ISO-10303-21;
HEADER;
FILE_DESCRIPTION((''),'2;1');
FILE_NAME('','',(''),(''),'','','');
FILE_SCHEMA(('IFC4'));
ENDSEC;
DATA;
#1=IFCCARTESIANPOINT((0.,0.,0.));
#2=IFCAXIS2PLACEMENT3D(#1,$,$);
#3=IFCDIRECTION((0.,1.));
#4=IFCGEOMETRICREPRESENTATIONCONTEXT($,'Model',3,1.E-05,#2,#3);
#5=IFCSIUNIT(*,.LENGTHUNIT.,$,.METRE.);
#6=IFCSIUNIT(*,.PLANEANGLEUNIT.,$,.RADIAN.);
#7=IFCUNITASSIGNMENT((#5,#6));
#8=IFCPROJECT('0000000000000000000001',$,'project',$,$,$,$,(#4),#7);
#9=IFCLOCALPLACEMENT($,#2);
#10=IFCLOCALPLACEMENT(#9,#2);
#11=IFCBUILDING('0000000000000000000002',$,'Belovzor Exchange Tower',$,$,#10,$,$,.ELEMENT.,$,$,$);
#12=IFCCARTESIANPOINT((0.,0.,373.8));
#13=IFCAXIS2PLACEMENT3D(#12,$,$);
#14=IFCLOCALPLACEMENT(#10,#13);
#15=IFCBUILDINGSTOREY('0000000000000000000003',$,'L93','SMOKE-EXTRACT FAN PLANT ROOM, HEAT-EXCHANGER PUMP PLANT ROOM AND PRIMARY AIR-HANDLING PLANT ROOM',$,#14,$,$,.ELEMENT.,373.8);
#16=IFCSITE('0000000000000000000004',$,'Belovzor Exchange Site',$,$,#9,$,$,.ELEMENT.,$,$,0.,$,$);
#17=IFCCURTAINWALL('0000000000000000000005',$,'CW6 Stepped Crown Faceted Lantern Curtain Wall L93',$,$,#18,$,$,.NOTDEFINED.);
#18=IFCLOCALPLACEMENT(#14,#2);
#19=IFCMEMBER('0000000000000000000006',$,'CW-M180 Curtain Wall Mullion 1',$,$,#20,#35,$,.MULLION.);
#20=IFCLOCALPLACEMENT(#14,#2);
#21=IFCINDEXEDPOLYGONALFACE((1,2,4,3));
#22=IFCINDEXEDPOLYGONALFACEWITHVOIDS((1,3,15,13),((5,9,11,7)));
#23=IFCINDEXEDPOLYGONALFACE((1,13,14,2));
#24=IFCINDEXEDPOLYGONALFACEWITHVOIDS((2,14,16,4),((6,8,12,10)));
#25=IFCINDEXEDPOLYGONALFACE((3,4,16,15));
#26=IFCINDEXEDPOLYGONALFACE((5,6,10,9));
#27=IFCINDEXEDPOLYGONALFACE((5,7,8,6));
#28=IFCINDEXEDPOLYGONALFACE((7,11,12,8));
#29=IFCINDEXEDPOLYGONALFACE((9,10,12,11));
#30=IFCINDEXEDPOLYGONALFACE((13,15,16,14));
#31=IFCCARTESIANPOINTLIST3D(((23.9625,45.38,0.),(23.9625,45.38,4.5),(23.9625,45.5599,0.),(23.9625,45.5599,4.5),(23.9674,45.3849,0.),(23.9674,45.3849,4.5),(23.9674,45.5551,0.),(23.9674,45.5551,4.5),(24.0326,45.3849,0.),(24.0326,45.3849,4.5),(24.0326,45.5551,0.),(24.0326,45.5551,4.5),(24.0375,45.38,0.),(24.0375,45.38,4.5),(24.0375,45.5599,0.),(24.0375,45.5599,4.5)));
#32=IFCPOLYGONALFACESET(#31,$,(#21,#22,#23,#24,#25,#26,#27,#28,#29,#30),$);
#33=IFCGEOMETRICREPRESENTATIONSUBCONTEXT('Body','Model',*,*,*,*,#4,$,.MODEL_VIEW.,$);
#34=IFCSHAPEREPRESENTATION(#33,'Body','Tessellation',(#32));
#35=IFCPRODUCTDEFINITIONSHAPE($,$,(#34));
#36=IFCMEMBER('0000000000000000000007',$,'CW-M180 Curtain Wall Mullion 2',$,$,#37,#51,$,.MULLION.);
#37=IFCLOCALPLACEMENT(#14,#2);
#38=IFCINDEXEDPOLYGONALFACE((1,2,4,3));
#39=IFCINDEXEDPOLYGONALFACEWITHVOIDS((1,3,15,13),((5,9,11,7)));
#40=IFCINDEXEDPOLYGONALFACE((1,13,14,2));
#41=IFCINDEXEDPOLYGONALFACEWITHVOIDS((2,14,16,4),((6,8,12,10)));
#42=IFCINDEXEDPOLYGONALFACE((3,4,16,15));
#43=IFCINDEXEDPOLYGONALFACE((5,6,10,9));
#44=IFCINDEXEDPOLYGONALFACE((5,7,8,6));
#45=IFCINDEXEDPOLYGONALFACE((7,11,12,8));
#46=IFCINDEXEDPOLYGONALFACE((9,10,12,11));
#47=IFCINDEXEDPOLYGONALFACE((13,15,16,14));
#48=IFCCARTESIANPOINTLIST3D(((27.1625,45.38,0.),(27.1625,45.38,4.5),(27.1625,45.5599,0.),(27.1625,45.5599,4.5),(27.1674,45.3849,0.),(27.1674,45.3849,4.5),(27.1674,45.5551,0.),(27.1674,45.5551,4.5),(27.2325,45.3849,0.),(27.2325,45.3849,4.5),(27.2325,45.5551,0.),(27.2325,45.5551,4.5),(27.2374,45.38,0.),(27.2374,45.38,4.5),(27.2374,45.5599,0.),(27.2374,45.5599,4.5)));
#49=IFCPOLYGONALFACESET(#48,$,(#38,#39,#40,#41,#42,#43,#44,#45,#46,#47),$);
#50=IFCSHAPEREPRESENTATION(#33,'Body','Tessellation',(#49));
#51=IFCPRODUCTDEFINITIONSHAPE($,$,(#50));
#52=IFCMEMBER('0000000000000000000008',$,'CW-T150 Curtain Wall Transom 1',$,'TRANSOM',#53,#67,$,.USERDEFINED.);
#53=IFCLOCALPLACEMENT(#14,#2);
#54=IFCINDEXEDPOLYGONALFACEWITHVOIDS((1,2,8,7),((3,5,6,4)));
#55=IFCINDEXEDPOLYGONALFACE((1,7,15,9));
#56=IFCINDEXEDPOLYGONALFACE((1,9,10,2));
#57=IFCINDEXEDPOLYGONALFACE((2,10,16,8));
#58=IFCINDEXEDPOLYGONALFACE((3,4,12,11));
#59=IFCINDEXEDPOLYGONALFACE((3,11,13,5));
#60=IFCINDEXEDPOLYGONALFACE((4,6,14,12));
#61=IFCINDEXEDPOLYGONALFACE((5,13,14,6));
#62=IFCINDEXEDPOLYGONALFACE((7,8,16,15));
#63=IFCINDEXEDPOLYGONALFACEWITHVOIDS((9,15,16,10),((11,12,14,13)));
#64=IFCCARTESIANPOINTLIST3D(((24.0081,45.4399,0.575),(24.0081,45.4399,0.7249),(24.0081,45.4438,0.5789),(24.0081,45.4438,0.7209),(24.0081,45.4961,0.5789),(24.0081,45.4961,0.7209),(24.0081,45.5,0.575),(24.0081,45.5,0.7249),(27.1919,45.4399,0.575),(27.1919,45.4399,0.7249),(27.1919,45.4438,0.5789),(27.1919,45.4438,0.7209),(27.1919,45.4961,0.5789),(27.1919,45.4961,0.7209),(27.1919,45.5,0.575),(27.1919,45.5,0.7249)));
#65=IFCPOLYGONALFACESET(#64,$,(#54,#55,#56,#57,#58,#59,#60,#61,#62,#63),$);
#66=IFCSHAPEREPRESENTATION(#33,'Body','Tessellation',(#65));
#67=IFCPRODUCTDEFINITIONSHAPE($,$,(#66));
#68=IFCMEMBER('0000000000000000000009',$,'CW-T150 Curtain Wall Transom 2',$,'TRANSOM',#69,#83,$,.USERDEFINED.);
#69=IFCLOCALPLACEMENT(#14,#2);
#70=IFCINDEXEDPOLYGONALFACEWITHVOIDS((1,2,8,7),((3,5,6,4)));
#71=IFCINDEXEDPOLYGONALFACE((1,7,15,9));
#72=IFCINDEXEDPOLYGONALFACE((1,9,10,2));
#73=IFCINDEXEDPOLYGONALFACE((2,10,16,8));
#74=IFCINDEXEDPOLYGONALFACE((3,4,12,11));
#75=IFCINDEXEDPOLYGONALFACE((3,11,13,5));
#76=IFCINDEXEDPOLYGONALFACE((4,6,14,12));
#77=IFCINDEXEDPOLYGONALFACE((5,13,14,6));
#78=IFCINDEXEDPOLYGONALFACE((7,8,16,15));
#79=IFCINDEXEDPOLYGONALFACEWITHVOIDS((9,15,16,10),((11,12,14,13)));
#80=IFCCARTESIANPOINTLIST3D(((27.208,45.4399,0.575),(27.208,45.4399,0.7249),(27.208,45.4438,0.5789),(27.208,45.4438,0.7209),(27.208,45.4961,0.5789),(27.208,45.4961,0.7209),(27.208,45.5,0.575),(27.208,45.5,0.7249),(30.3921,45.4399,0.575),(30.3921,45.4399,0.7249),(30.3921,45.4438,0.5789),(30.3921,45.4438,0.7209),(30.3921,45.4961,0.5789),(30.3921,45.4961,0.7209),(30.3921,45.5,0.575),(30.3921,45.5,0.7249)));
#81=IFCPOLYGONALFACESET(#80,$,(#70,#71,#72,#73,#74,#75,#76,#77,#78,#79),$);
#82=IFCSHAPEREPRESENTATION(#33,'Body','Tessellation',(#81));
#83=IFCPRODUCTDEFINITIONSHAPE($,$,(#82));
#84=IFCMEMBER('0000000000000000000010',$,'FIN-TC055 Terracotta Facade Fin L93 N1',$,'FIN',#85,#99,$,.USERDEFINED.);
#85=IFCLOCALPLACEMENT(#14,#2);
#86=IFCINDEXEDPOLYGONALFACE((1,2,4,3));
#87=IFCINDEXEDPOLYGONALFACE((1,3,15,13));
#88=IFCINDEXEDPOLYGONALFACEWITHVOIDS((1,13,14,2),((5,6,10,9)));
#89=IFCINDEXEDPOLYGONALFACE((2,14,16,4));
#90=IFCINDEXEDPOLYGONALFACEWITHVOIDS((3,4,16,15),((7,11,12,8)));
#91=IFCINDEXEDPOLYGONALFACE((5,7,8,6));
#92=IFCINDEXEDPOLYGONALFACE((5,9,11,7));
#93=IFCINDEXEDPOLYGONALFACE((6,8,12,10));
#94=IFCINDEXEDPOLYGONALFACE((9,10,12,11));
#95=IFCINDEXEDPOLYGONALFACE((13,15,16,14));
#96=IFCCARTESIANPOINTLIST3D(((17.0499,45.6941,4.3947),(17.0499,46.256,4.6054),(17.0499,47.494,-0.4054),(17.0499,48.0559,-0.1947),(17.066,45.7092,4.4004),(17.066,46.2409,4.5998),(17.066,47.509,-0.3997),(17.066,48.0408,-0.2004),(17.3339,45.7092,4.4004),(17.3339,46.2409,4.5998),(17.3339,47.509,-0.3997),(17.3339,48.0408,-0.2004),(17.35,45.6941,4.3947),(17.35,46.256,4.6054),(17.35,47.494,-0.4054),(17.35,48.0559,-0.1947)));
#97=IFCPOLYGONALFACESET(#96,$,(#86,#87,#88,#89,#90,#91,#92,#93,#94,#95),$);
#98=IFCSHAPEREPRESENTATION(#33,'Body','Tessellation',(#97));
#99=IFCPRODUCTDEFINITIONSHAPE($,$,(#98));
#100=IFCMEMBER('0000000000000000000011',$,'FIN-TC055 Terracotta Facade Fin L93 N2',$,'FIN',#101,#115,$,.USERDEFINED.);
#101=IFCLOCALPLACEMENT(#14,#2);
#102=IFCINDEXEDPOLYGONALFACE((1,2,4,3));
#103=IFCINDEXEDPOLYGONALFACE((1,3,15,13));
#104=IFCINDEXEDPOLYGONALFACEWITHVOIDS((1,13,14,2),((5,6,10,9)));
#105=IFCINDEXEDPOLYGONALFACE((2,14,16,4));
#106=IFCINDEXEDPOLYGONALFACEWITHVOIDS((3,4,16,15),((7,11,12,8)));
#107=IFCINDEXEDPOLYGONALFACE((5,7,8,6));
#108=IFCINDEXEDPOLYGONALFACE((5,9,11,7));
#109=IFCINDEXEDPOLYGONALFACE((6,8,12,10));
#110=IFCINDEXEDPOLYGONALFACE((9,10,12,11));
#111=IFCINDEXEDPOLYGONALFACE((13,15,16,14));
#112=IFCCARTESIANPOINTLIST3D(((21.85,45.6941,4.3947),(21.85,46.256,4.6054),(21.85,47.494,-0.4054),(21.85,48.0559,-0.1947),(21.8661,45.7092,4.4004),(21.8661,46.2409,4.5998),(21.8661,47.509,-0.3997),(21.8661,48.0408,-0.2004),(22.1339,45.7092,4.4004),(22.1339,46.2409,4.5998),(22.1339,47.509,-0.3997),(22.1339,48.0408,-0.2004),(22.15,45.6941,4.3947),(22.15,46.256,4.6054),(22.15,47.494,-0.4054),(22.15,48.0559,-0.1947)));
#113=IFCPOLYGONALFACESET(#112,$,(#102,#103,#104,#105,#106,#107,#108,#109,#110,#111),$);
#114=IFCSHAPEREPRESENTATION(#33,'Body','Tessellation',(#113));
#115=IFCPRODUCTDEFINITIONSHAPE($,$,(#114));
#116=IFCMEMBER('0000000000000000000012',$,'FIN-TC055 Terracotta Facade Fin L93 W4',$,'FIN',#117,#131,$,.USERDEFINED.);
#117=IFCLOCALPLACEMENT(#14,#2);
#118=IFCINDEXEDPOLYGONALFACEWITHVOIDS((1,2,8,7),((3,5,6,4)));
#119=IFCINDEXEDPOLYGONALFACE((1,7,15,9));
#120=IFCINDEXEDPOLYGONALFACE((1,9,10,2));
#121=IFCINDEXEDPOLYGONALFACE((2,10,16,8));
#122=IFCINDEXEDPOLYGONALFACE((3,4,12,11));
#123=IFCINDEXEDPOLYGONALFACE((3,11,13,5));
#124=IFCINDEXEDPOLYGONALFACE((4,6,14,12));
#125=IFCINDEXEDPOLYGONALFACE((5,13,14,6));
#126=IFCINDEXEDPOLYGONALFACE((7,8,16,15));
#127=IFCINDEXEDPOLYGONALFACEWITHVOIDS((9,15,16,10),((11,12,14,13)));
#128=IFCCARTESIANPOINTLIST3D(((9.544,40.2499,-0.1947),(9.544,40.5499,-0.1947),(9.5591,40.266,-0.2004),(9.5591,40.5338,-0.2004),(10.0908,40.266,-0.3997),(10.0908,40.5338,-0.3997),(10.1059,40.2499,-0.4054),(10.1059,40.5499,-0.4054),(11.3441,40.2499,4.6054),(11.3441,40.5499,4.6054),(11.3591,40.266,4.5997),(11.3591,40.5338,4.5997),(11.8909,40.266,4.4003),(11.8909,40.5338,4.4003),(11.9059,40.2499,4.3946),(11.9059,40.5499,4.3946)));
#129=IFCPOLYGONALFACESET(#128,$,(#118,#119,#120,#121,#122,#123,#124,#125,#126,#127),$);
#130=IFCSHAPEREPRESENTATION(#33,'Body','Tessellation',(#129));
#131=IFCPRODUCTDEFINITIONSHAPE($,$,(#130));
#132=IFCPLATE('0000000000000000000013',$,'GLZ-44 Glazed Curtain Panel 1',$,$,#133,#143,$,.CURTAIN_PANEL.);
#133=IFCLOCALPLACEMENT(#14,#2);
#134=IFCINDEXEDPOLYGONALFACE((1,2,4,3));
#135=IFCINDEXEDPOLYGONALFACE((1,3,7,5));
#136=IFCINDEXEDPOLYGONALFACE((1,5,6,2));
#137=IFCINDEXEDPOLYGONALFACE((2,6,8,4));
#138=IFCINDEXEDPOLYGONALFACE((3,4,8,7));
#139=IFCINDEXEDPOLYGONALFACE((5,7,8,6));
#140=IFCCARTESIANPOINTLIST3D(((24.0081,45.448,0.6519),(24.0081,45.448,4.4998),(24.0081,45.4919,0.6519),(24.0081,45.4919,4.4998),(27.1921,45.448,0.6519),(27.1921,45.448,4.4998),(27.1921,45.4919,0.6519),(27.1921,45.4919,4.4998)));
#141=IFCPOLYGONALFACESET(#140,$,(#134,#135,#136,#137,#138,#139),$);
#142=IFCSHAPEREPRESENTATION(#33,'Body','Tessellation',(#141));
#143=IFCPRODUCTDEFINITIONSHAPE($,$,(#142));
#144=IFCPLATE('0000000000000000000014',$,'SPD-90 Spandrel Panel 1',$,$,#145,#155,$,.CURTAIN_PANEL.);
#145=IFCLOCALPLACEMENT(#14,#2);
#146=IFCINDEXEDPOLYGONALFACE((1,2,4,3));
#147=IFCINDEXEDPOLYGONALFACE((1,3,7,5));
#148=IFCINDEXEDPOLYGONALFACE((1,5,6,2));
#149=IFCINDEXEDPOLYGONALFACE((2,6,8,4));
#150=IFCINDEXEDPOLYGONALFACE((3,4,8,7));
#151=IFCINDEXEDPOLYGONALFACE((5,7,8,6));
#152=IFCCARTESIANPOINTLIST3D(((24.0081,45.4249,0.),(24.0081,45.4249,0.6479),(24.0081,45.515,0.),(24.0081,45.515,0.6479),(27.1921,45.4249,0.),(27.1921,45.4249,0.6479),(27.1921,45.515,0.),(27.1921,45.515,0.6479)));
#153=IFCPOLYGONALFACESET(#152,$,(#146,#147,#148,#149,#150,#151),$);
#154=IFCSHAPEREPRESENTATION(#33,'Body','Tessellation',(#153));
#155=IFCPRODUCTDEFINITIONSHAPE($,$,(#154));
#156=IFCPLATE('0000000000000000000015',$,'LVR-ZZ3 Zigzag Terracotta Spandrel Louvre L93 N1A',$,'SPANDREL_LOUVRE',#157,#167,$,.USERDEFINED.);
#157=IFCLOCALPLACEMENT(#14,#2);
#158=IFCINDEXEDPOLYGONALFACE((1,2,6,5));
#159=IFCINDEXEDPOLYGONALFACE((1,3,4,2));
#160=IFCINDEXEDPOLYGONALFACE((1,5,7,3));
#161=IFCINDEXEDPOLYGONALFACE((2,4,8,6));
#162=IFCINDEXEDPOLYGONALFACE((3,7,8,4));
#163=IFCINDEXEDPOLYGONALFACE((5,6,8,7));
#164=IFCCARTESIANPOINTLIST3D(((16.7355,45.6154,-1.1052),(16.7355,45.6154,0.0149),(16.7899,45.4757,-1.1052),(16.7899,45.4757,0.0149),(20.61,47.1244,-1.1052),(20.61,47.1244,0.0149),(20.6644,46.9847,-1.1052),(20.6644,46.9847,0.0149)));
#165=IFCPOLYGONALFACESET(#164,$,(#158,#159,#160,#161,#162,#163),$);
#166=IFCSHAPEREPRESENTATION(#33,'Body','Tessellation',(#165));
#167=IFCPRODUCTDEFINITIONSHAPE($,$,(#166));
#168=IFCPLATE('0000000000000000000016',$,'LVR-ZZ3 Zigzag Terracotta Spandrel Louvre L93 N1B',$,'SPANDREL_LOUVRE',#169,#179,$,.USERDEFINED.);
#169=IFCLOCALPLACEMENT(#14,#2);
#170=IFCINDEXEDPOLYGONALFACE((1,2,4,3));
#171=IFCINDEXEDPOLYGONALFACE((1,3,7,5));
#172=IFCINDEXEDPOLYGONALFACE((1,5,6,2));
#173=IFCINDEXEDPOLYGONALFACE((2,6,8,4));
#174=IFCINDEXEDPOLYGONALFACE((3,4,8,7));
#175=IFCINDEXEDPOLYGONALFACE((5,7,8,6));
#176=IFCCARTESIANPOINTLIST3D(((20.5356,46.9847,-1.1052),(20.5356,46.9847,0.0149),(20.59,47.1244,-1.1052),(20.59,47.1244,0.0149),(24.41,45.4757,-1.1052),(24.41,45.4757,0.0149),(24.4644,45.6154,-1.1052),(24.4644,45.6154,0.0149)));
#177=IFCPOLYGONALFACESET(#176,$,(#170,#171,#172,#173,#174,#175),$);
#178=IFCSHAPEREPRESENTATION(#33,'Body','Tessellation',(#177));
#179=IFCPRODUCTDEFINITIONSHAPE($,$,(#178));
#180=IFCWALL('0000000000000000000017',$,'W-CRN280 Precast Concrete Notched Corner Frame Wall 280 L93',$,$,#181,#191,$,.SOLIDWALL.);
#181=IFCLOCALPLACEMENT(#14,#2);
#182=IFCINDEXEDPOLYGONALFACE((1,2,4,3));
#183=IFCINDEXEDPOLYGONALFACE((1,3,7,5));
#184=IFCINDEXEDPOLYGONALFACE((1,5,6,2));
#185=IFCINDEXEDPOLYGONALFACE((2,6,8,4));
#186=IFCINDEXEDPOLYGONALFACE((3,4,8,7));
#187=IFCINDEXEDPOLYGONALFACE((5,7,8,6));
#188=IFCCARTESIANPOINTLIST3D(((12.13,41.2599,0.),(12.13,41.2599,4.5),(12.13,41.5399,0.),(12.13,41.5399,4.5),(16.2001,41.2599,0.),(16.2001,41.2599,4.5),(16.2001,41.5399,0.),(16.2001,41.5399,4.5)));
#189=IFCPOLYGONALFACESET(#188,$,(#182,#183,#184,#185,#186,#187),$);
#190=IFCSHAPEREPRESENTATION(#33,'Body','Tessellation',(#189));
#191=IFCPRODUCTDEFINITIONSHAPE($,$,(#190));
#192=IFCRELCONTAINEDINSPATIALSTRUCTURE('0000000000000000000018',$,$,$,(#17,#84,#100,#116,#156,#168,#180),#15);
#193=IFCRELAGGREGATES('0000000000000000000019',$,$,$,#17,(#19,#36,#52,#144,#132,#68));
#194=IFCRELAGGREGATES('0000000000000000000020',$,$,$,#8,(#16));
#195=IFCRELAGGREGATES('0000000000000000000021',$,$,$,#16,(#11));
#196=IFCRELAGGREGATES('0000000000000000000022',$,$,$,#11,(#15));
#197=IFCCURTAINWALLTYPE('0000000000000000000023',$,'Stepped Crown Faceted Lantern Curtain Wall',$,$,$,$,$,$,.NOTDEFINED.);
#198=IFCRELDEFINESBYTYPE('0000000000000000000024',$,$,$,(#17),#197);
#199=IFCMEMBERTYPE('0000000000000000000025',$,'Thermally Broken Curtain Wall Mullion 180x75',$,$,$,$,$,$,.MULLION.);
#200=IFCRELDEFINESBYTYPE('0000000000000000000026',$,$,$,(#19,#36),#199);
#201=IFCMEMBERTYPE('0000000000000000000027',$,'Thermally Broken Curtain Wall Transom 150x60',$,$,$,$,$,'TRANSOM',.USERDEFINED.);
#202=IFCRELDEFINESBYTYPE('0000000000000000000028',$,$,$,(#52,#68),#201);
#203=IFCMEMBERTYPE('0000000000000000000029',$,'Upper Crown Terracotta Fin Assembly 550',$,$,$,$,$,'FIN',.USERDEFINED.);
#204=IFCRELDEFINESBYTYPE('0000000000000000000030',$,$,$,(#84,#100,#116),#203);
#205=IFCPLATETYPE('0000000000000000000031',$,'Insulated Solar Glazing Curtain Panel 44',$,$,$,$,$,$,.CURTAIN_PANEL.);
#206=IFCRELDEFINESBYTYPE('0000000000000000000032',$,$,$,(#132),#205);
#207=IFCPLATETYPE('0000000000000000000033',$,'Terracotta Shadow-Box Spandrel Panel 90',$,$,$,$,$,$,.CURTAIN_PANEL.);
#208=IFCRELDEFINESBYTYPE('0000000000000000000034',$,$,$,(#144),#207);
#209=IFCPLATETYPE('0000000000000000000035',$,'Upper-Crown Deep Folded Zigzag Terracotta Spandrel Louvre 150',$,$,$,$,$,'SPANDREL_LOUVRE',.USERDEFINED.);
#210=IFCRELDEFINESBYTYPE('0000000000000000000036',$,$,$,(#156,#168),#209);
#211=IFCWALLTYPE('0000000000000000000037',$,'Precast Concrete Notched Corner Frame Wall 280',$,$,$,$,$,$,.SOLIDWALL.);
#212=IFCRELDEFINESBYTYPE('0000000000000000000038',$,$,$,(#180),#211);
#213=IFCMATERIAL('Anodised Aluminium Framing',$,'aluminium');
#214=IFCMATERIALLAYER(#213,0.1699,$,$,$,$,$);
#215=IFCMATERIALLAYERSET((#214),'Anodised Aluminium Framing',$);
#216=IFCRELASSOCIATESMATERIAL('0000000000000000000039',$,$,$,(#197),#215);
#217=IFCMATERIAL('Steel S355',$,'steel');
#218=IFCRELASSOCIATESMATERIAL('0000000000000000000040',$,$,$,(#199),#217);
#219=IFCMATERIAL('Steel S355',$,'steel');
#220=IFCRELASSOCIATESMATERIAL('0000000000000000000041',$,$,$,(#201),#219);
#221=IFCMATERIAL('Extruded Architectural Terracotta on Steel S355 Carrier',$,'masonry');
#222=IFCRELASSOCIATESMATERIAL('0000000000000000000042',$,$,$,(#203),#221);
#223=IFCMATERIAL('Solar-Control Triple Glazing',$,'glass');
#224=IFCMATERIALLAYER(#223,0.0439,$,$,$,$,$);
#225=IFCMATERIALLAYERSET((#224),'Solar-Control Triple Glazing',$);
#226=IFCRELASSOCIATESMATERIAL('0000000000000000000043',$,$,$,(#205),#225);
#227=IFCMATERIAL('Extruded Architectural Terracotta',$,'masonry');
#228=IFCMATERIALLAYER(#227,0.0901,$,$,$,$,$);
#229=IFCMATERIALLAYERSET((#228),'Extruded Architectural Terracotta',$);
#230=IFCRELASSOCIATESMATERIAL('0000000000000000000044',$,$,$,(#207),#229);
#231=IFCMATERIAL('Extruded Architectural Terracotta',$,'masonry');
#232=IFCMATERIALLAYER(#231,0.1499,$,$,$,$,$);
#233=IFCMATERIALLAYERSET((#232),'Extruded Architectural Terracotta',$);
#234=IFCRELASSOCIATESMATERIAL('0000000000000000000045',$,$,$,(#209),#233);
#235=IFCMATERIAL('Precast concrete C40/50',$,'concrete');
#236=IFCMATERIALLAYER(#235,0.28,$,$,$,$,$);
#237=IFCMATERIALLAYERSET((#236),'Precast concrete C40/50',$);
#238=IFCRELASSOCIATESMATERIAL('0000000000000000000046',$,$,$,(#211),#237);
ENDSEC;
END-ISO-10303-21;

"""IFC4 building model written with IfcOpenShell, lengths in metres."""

from ifc_helpers import new_model, si_unit, direction, frame, frame_2d, origin, origin_2d, place, context, subcontext, project, spatial, rectangle, hollow_rectangle, extrude, material, layer, layer_set, material_profile, profile_set, type_object, element, aggregate, save


model = new_model("IFC4")

# Units and contexts
model_context = context("Model", 3, precision=1e-05, world=origin(), true_north=direction((0.0, 1.0)))
body_context = subcontext(model_context, "Body", "Model", "MODEL_VIEW")
ifc_project = project(units=[si_unit("LENGTHUNIT", "METRE"), si_unit("PLANEANGLEUNIT", "RADIAN")], contexts=[model_context])

# Site, building, storey
site_placement = place(None, origin())
site = spatial("IfcSite", under=ifc_project, at=site_placement, Name="Belovzor Exchange Site", CompositionType="ELEMENT", RefElevation=0.0)
building_placement = place(site_placement, origin())
building = spatial("IfcBuilding", under=site, at=building_placement, Name="Belovzor Exchange Tower", CompositionType="ELEMENT")
storey_placement = place(building_placement, frame((0.0, 0.0, 373.8)))
storey = spatial("IfcBuildingStorey", under=building, at=storey_placement, Name="L93", Description="SMOKE-EXTRACT FAN PLANT ROOM, HEAT-EXCHANGER PUMP PLANT ROOM AND PRIMARY AIR-HANDLING PLANT ROOM", CompositionType="ELEMENT", Elevation=373.8)

# Curtain wall, members
ifc_material_1 = material(Name="Anodised Aluminium Framing", Category="aluminium")
ifc_layer_1 = layer(ifc_material_1, 0.1699)
ifc_layer_set_1 = layer_set([ifc_layer_1], Name="Anodised Aluminium Framing")
curtain_wall_type = type_object("IfcCurtainWallType", Name="Stepped Crown Faceted Lantern Curtain Wall", PredefinedType="NOTDEFINED", material=ifc_layer_set_1)
curtain_wall_placement = place(storey_placement, origin())
curtain_wall = element("IfcCurtainWall", 1, at=curtain_wall_placement, inside=storey, type_object=curtain_wall_type, Name="CW6 Stepped Crown Faceted Lantern Curtain Wall L93", PredefinedType="NOTDEFINED")
ifc_material_2 = material(Name="Steel S355", Category="steel")
ifc_material_profile_1 = material_profile(ifc_material_2, hollow_rectangle(XDim=0.075, YDim=0.1799, WallThickness=0.0049, at=origin_2d()))
ifc_profile_set_1 = profile_set([ifc_material_profile_1], Name="Steel S355")
member_type_1 = type_object("IfcMemberType", Name="Thermally Broken Curtain Wall Mullion 180x75", PredefinedType="MULLION", material=ifc_profile_set_1)
member_1_placement = place(storey_placement, frame((24.0, 45.47, 0.0), z_axis=(0.0, 0.0, 1.0), x_axis=(1.0, 0.0, 0.0)))
member_1 = element("IfcMember", 2, at=member_1_placement, type_object=member_type_1, Name="CW-M180 Curtain Wall Mullion 1", PredefinedType="MULLION", context=body_context, shape_type="SweptSolid", body=[
    extrude(hollow_rectangle(XDim=0.075, YDim=0.1799, WallThickness=0.0049, at=origin_2d()), origin(), (0.0, 0.0, 1.0), 4.5),
])
member_2_placement = place(storey_placement, frame((27.2, 45.47, 0.0), z_axis=(0.0, 0.0, 1.0), x_axis=(1.0, 0.0, 0.0)))
member_2 = element("IfcMember", 3, at=member_2_placement, type_object=member_type_1, Name="CW-M180 Curtain Wall Mullion 2", PredefinedType="MULLION", context=body_context, shape_type="SweptSolid", body=[
    extrude(hollow_rectangle(XDim=0.075, YDim=0.1799, WallThickness=0.0049, at=origin_2d()), origin(), (0.0, 0.0, 1.0), 4.5),
])
ifc_material_3 = material(Name="Steel S355", Category="steel")
ifc_material_profile_2 = material_profile(ifc_material_3, hollow_rectangle(XDim=0.0601, YDim=0.1499, WallThickness=0.0039, at=origin_2d()))
ifc_profile_set_2 = profile_set([ifc_material_profile_2], Name="Steel S355")
member_type_2 = type_object("IfcMemberType", Name="Thermally Broken Curtain Wall Transom 150x60", ElementType="TRANSOM", PredefinedType="USERDEFINED", material=ifc_profile_set_2)
member_3_placement = place(storey_placement, frame((24.0081, 45.47, 0.6499), z_axis=(1.0, 0.0, 0.0), x_axis=(0.0, 1.0, 0.0)))
member_3 = element("IfcMember", 4, at=member_3_placement, type_object=member_type_2, Name="CW-T150 Curtain Wall Transom 1", ObjectType="TRANSOM", PredefinedType="USERDEFINED", context=body_context, shape_type="SweptSolid", body=[
    extrude(hollow_rectangle(XDim=0.0601, YDim=0.1499, WallThickness=0.0039, at=origin_2d()), origin(), (0.0, 0.0, 1.0), 3.1838),
])
member_4_placement = place(storey_placement, frame((27.208, 45.47, 0.6499), z_axis=(1.0, 0.0, 0.0), x_axis=(0.0, 1.0, 0.0)))
member_4 = element("IfcMember", 5, at=member_4_placement, type_object=member_type_2, Name="CW-T150 Curtain Wall Transom 2", ObjectType="TRANSOM", PredefinedType="USERDEFINED", context=body_context, shape_type="SweptSolid", body=[
    extrude(hollow_rectangle(XDim=0.0601, YDim=0.1499, WallThickness=0.0039, at=origin_2d()), origin(), (0.0, 0.0, 1.0), 3.1841),
])

# Members
ifc_material_4 = material(Name="Extruded Architectural Terracotta on Steel S355 Carrier", Category="masonry")
ifc_material_profile_3 = material_profile(ifc_material_4, hollow_rectangle(XDim=0.3, YDim=0.6001, WallThickness=0.0161, at=origin_2d()))
ifc_profile_set_3 = profile_set([ifc_material_profile_3], Name="Extruded Architectural Terracotta on Steel S355 Carrier")
member_type_3 = type_object("IfcMemberType", Name="Upper Crown Terracotta Fin Assembly 550", ElementType="FIN", PredefinedType="USERDEFINED", material=ifc_profile_set_3)
for number, where, z_axis, x_axis, name in (
    (6, (17.2, 47.7749, -0.3), (0.0, -0.351087, 0.936343), (1.0, 0.0, 0.0), "FIN-TC055 Terracotta Facade Fin L93 N1"),
    (7, (22.0, 47.7749, -0.3), (0.0, -0.351087, 0.936343), (1.0, 0.0, 0.0), "FIN-TC055 Terracotta Facade Fin L93 N2"),
    (8, (9.825, 40.3999, -0.3), (0.351129, 0.0, 0.936327), (0.0, 1.0, 0.0), "FIN-TC055 Terracotta Facade Fin L93 W4"),
):
    element("IfcMember", number, at=place(storey_placement, frame(where, z_axis=z_axis, x_axis=x_axis)), inside=storey, type_object=member_type_3, Name=name, ObjectType="FIN", PredefinedType="USERDEFINED", context=body_context, shape_type="SweptSolid", body=[
        extrude(hollow_rectangle(XDim=0.3, YDim=0.6001, WallThickness=0.0161, at=origin_2d()), origin(), (0.0, 0.0, 1.0), 5.1265),
    ])

# Plates
ifc_material_5 = material(Name="Solar-Control Triple Glazing", Category="glass")
ifc_layer_2 = layer(ifc_material_5, 0.0439)
ifc_layer_set_2 = layer_set([ifc_layer_2], Name="Solar-Control Triple Glazing")
plate_type_1 = type_object("IfcPlateType", Name="Insulated Solar Glazing Curtain Panel 44", PredefinedType="CURTAIN_PANEL", material=ifc_layer_set_2)
plate_1_placement = place(storey_placement, frame((25.6001, 45.47, 0.6519), z_axis=(0.0, 0.0, 1.0), x_axis=(1.0, 0.0, 0.0)))
plate_1 = element("IfcPlate", 9, at=plate_1_placement, type_object=plate_type_1, Name="GLZ-44 Glazed Curtain Panel 1", PredefinedType="CURTAIN_PANEL", context=body_context, shape_type="SweptSolid", body=[
    extrude(rectangle(XDim=3.1841, YDim=0.0439, at=origin_2d()), origin(), (0.0, 0.0, 1.0), 3.8479),
])
ifc_material_6 = material(Name="Extruded Architectural Terracotta", Category="masonry")
ifc_layer_3 = layer(ifc_material_6, 0.0901)
ifc_layer_set_3 = layer_set([ifc_layer_3], Name="Extruded Architectural Terracotta")
plate_type_2 = type_object("IfcPlateType", Name="Terracotta Shadow-Box Spandrel Panel 90", PredefinedType="CURTAIN_PANEL", material=ifc_layer_set_3)
plate_2_placement = place(storey_placement, frame((25.6001, 45.47, 0.0), z_axis=(0.0, 0.0, 1.0), x_axis=(1.0, 0.0, 0.0)))
plate_2 = element("IfcPlate", 10, at=plate_2_placement, type_object=plate_type_2, Name="SPD-90 Spandrel Panel 1", PredefinedType="CURTAIN_PANEL", context=body_context, shape_type="SweptSolid", body=[
    extrude(rectangle(XDim=3.1841, YDim=0.0901, at=origin_2d()), origin(), (0.0, 0.0, 1.0), 0.6479),
])
aggregate(curtain_wall, [member_1, member_2, member_3, plate_2, plate_1, member_4])

# Plates
ifc_material_7 = material(Name="Extruded Architectural Terracotta", Category="masonry")
ifc_layer_4 = layer(ifc_material_7, 0.1499)
ifc_layer_set_4 = layer_set([ifc_layer_4], Name="Extruded Architectural Terracotta")
plate_type_3 = type_object("IfcPlateType", Name="Upper-Crown Deep Folded Zigzag Terracotta Spandrel Louvre 150", ElementType="SPANDREL_LOUVRE", PredefinedType="USERDEFINED", material=ifc_layer_set_4)
for number, where, z_axis, x_axis, name in (
    (11, (18.7, 46.3, -1.1052), (0.0, 0.0, 1.0), (0.931818, 0.362926, 0.0), "LVR-ZZ3 Zigzag Terracotta Spandrel Louvre L93 N1A"),
    (12, (22.5, 46.3, -1.1052), (0.0, 0.0, 1.0), (0.931818, -0.362926, 0.0), "LVR-ZZ3 Zigzag Terracotta Spandrel Louvre L93 N1B"),
):
    element("IfcPlate", number, at=place(storey_placement, frame(where, z_axis=z_axis, x_axis=x_axis)), inside=storey, type_object=plate_type_3, Name=name, ObjectType="SPANDREL_LOUVRE", PredefinedType="USERDEFINED", context=body_context, shape_type="SweptSolid", body=[
        extrude(rectangle(XDim=4.158, YDim=0.1499, at=origin_2d()), origin(), (0.0, 0.0, 1.0), 1.1201),
    ])

# Wall
ifc_material_8 = material(Name="Precast concrete C40/50", Category="concrete")
ifc_layer_5 = layer(ifc_material_8, 0.28)
ifc_layer_set_5 = layer_set([ifc_layer_5], Name="Precast concrete C40/50")
wall_type_1 = type_object("IfcWallType", Name="Precast Concrete Notched Corner Frame Wall 280", PredefinedType="SOLIDWALL", material=ifc_layer_set_5)
for number, where, z_axis, x_axis, name in (
    (13, (12.1299, 41.3999, 0.0), (0.0, 0.0, 1.0), (1.0, 0.0, 0.0), "W-CRN280 Precast Concrete Notched Corner Frame Wall 280 L93"),
):
    element("IfcWall", number, at=place(storey_placement, frame(where, z_axis=z_axis, x_axis=x_axis)), inside=storey, type_object=wall_type_1, Name=name, PredefinedType="SOLIDWALL", context=body_context, shape_type="SweptSolid", body=[
        extrude(rectangle(XDim=4.0701, YDim=0.28, at=frame_2d((2.0352, 0.0))), origin(), (0.0, 0.0, 1.0), 4.5),
    ])

save(model, "model.ifc")
